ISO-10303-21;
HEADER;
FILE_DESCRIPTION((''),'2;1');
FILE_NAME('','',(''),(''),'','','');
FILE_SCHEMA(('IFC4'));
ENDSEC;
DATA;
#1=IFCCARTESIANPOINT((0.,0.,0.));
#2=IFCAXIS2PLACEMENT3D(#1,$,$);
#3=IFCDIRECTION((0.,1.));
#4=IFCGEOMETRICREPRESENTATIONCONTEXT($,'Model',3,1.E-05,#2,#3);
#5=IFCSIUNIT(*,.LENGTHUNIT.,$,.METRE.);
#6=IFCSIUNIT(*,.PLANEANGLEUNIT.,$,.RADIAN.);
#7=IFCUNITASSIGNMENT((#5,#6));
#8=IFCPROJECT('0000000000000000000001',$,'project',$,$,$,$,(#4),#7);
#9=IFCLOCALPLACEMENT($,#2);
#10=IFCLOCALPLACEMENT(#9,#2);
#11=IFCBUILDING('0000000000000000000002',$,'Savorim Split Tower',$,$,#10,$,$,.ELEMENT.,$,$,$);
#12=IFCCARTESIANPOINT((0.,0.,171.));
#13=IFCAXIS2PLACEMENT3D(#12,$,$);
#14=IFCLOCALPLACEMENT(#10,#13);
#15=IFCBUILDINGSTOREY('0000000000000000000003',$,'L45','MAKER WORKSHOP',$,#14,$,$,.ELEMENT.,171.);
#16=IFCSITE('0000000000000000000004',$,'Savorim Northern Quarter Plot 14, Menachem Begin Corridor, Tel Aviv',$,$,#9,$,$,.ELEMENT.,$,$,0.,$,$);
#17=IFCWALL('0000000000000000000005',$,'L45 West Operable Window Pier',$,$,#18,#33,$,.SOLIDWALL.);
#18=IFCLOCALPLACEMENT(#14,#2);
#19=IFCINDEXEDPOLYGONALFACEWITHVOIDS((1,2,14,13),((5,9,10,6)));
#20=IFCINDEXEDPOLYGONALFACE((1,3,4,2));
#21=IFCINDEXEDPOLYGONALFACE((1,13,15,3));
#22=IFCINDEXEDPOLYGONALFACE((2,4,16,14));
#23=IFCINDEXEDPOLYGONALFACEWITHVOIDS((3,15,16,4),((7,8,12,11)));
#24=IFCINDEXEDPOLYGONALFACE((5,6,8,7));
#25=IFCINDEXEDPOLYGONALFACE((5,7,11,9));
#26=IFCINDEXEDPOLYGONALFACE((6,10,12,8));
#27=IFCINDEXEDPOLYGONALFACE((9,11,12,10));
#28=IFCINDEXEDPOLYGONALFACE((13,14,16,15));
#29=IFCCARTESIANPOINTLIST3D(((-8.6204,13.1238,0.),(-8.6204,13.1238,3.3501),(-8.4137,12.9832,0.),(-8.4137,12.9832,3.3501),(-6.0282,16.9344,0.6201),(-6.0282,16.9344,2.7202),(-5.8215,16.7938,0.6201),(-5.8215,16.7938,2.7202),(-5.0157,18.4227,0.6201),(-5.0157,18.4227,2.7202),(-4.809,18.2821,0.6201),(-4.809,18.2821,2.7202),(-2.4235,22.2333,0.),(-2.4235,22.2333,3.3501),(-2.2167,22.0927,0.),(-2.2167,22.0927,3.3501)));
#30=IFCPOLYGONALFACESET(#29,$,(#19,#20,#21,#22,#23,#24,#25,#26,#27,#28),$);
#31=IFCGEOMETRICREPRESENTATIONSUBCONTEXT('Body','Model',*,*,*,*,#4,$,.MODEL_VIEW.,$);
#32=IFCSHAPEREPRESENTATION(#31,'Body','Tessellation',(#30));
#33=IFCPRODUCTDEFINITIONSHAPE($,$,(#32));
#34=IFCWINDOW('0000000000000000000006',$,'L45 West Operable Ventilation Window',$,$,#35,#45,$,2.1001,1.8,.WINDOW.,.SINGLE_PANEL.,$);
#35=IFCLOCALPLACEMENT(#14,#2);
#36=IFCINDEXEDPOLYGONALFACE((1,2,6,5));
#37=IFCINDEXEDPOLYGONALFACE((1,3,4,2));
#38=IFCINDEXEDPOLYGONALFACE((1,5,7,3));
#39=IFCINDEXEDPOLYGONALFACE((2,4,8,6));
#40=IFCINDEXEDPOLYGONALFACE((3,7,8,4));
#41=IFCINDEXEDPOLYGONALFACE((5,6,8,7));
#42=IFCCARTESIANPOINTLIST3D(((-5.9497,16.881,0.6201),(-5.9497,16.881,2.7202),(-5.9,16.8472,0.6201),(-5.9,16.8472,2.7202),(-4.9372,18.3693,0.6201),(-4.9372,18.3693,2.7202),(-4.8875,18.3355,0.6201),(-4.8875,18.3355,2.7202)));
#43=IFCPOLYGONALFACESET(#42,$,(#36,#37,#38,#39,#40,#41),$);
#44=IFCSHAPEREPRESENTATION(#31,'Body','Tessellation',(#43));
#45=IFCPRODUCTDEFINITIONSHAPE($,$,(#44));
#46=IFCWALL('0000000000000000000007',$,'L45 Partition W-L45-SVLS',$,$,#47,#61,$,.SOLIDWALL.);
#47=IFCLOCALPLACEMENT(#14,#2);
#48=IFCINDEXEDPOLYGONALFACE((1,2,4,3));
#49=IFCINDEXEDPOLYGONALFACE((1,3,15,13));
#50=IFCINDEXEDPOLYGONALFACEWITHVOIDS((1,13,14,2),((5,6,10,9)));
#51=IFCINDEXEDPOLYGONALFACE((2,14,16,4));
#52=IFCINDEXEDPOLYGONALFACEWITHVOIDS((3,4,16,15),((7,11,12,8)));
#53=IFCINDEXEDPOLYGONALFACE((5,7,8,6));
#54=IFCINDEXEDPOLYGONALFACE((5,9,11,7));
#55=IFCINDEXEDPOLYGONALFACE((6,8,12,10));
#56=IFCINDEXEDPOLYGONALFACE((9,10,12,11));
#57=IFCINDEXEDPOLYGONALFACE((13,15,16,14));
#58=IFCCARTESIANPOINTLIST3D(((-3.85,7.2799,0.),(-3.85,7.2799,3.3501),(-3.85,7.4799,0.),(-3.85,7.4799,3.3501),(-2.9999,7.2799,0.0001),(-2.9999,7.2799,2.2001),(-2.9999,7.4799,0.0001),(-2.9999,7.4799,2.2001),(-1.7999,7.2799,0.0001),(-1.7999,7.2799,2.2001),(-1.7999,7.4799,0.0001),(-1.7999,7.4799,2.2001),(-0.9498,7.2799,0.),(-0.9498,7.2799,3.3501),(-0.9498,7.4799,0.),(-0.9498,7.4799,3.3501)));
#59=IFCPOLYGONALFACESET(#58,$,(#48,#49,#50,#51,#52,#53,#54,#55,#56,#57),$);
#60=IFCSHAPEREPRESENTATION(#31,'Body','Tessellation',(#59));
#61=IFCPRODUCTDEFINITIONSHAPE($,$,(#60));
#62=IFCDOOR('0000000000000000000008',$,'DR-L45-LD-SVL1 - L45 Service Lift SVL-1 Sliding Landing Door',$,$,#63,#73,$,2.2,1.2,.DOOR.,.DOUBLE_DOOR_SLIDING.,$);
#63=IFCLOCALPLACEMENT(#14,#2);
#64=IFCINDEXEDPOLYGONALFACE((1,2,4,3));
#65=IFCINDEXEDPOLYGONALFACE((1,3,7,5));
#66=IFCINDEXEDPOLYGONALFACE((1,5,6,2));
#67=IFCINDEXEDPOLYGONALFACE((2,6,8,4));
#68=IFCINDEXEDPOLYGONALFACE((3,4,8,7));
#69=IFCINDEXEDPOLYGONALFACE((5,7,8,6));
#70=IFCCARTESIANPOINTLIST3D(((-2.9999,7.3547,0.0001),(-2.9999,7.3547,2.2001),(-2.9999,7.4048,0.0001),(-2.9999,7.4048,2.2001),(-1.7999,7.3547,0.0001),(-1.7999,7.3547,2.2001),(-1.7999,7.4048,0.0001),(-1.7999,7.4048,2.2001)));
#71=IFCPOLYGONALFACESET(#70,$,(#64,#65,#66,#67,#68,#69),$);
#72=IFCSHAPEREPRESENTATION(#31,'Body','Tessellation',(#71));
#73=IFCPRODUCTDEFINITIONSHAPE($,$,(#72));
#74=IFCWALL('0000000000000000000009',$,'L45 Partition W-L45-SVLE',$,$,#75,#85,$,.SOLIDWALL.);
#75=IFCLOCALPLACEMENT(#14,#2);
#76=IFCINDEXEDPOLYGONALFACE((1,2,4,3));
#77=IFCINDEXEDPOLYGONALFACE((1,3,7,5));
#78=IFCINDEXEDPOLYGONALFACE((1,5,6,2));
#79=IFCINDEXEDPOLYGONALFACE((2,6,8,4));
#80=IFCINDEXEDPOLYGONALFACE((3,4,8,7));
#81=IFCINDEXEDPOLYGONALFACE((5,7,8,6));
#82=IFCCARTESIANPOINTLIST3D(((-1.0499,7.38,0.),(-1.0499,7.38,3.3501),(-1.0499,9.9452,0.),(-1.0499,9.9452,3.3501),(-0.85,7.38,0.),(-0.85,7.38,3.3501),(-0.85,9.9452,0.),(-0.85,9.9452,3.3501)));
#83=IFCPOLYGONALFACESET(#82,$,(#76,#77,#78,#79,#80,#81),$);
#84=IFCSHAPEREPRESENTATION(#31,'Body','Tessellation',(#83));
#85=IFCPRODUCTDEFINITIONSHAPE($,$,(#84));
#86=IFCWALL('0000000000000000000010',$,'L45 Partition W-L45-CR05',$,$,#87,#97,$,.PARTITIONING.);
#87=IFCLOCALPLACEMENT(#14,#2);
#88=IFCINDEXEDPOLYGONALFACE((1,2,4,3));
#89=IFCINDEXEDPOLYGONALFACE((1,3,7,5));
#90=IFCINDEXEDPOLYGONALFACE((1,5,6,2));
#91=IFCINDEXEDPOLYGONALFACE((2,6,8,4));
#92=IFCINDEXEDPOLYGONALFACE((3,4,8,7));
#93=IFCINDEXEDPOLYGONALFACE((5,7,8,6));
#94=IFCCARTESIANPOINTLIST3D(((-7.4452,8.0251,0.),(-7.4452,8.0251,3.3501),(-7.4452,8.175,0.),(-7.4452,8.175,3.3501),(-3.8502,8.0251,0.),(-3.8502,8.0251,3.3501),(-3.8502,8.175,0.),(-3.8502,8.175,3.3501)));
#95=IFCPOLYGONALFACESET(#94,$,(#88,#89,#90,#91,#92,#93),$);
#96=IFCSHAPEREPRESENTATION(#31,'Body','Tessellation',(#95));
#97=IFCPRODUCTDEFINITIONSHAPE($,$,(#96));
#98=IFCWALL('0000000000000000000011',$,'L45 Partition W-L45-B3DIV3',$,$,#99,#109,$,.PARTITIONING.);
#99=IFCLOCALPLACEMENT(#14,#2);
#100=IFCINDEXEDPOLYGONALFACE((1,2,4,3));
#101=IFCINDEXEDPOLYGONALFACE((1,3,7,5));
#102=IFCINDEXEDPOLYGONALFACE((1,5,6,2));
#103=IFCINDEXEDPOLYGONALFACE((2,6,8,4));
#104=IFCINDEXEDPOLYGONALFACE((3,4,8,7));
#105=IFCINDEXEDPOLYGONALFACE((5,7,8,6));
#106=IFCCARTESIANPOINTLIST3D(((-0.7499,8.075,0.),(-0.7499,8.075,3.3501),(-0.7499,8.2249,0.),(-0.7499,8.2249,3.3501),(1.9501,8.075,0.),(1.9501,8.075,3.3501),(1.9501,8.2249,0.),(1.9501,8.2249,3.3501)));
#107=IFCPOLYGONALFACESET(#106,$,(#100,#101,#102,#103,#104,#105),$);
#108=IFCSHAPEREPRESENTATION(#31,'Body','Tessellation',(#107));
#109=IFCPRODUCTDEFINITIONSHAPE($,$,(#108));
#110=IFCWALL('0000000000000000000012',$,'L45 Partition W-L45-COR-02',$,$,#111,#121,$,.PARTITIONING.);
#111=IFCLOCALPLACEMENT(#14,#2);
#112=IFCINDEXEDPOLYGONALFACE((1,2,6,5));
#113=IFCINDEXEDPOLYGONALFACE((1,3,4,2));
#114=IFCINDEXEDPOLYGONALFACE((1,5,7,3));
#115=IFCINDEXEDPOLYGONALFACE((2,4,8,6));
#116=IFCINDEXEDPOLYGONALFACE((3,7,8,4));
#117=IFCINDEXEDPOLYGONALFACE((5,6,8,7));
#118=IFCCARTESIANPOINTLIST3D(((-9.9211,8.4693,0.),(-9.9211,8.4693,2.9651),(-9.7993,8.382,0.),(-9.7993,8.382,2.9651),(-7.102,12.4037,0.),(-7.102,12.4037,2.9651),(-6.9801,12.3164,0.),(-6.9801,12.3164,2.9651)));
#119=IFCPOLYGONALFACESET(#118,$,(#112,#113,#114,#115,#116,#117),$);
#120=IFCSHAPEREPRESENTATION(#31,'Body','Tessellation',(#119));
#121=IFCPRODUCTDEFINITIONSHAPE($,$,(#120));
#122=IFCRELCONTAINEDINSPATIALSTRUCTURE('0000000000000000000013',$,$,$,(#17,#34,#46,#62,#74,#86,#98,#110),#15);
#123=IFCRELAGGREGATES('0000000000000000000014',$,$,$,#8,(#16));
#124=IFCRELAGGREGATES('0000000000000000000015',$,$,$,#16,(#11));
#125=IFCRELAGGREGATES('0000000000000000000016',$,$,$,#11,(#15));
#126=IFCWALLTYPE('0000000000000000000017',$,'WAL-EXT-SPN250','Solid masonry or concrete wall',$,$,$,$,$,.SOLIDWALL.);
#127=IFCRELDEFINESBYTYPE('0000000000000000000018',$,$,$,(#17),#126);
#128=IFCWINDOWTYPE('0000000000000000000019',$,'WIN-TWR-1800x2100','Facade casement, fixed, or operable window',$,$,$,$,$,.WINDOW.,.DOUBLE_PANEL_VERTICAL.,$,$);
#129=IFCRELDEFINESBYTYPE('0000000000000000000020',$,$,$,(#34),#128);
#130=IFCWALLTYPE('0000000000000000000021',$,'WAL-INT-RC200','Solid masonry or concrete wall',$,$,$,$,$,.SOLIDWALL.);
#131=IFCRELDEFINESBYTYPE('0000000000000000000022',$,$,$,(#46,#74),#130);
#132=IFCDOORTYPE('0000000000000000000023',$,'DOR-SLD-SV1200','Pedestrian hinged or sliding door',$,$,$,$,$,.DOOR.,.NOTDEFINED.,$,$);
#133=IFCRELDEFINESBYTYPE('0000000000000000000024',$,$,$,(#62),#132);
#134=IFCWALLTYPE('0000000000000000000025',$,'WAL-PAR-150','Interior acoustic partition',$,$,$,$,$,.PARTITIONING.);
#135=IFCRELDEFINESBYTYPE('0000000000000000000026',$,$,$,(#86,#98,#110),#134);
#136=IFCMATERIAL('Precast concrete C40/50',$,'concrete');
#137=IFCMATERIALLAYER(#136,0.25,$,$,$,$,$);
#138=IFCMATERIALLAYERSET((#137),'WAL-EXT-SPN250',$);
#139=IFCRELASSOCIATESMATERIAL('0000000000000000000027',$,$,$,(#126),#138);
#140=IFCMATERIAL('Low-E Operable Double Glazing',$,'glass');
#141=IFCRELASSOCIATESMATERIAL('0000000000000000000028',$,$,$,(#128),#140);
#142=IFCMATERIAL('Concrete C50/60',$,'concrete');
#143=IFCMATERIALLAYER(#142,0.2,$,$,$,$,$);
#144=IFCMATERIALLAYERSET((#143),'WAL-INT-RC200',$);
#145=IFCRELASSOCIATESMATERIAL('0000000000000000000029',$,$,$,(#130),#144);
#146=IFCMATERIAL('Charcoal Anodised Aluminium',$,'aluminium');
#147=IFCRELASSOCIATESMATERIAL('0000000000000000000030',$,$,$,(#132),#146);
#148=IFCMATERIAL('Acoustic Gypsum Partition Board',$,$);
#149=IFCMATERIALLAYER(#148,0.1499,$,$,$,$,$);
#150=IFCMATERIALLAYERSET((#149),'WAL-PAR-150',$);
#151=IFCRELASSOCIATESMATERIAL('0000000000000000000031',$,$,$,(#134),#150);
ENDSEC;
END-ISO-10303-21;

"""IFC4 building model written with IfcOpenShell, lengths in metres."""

from ifc_helpers import new_model, si_unit, direction, frame, frame_2d, origin, place, context, subcontext, project, spatial, rectangle, extrude, material, layer, layer_set, type_object, element, fill, save


model = new_model("IFC4")

# Units and contexts
model_context = context("Model", 3, precision=1e-05, world=origin(), true_north=direction((0.0, 1.0)))
body_context = subcontext(model_context, "Body", "Model", "MODEL_VIEW")
ifc_project = project(units=[si_unit("LENGTHUNIT", "METRE"), si_unit("PLANEANGLEUNIT", "RADIAN")], contexts=[model_context])

# Site, building, storey
site_placement = place(None, origin())
site = spatial("IfcSite", under=ifc_project, at=site_placement, Name="Savorim Northern Quarter Plot 14, Menachem Begin Corridor, Tel Aviv", CompositionType="ELEMENT", RefElevation=0.0)
building_placement = place(site_placement, origin())
building = spatial("IfcBuilding", under=site, at=building_placement, Name="Savorim Split Tower", CompositionType="ELEMENT")
storey_placement = place(building_placement, frame((0.0, 0.0, 171.0)))
storey = spatial("IfcBuildingStorey", under=building, at=storey_placement, Name="L45", Description="MAKER WORKSHOP", CompositionType="ELEMENT", Elevation=171.0)

# Shared definitions
ifc_material_1 = material(Name="Charcoal Anodised Aluminium", Category="aluminium")

# Wall, opening, window
ifc_material_2 = material(Name="Precast concrete C40/50", Category="concrete")
ifc_material_3 = material(Name="Low-E Operable Double Glazing", Category="glass")
ifc_layer_1 = layer(ifc_material_2, 0.25)
ifc_layer_set_1 = layer_set([ifc_layer_1], Name="WAL-EXT-SPN250")
wall_type_1 = type_object("IfcWallType", Name="WAL-EXT-SPN250", Description="Solid masonry or concrete wall", PredefinedType="SOLIDWALL", material=ifc_layer_set_1)
wall_1_placement = place(storey_placement, frame((-8.5171, 13.0535, 0.0), z_axis=(0.0, 0.0, 1.0), x_axis=(0.562464, 0.826822, 0.0)))
wall_1 = element("IfcWall", 1, at=wall_1_placement, inside=storey, type_object=wall_type_1, Name="L45 West Operable Window Pier", PredefinedType="SOLIDWALL", context=body_context, shape_type="SweptSolid", body=[
    extrude(rectangle(XDim=11.0176, YDim=0.25, at=frame_2d((5.5088, 0.0))), origin(), (0.0, 0.0, 1.0), 3.3501),
])
opening_1_placement = place(wall_1_placement, frame((4.6089, 0.0, 0.6201)))
opening_1 = element("IfcOpeningElement", 2, at=opening_1_placement, cuts=wall_1, PredefinedType="OPENING", context=body_context, shape_type="SweptSolid", body=[
    extrude(rectangle(XDim=1.8, YDim=2.1001, at=frame_2d((0.8999, 1.05))), frame((0.0, 0.135, 0.0), z_axis=(0.0, -1.0, 0.0), x_axis=(1.0, 0.0, 0.0)), (0.0, 0.0, 1.0), 0.27),
])
window_type_1 = type_object("IfcWindowType", Name="WIN-TWR-1800x2100", Description="Facade casement, fixed, or operable window", PartitioningType="DOUBLE_PANEL_VERTICAL", PredefinedType="WINDOW", material=ifc_material_3)
window_1_placement = place(opening_1_placement, origin())
window_1 = element("IfcWindow", 3, at=window_1_placement, inside=storey, type_object=window_type_1, Name="L45 West Operable Ventilation Window", OverallHeight=2.1001, OverallWidth=1.8, PartitioningType="SINGLE_PANEL", PredefinedType="WINDOW", context=body_context, shape_type="SweptSolid", body=[
    extrude(rectangle(XDim=1.8, YDim=2.1001, at=frame_2d((0.8999, 1.05))), frame((0.0, 0.03, 0.0), z_axis=(0.0, -1.0, 0.0), x_axis=(1.0, 0.0, 0.0)), (0.0, 0.0, 1.0), 0.0601),
])
fill(opening_1, window_1)

# Wall, opening, door
ifc_material_4 = material(Name="Concrete C50/60", Category="concrete")
ifc_layer_2 = layer(ifc_material_4, 0.2)
ifc_layer_set_2 = layer_set([ifc_layer_2], Name="WAL-INT-RC200")
wall_type_2 = type_object("IfcWallType", Name="WAL-INT-RC200", Description="Solid masonry or concrete wall", PredefinedType="SOLIDWALL", material=ifc_layer_set_2)
wall_2_placement = place(storey_placement, frame((-3.8501, 7.3799, 0.0), z_axis=(0.0, 0.0, 1.0), x_axis=(1.0, 0.0, 0.0)))
wall_2 = element("IfcWall", 4, at=wall_2_placement, inside=storey, type_object=wall_type_2, Name="L45 Partition W-L45-SVLS", PredefinedType="SOLIDWALL", context=body_context, shape_type="SweptSolid", body=[
    extrude(rectangle(XDim=2.9001, YDim=0.2, at=frame_2d((1.4502, 0.0))), origin(), (0.0, 0.0, 1.0), 3.3501),
])
opening_2_placement = place(wall_2_placement, frame((0.8501, 0.0, 0.0)))
opening_2 = element("IfcOpeningElement", 5, at=opening_2_placement, cuts=wall_2, PredefinedType="OPENING", context=body_context, shape_type="SweptSolid", body=[
    extrude(rectangle(XDim=1.2, YDim=2.2, at=frame_2d((0.6001, 1.1001))), frame((0.0, 0.1099, 0.0), z_axis=(0.0, -1.0, 0.0), x_axis=(1.0, 0.0, 0.0)), (0.0, 0.0, 1.0), 0.22),
])
door_type_1 = type_object("IfcDoorType", Name="DOR-SLD-SV1200", Description="Pedestrian hinged or sliding door", OperationType="NOTDEFINED", PredefinedType="DOOR", material=ifc_material_1)
door_1_placement = place(opening_2_placement, origin())
door_1 = element("IfcDoor", 6, at=door_1_placement, inside=storey, type_object=door_type_1, Name="DR-L45-LD-SVL1 - L45 Service Lift SVL-1 Sliding Landing Door", OperationType="DOUBLE_DOOR_SLIDING", OverallHeight=2.2, OverallWidth=1.2, PredefinedType="DOOR", context=body_context, shape_type="SweptSolid", body=[
    extrude(rectangle(XDim=1.2, YDim=2.2, at=frame_2d((0.6001, 1.1001))), frame((0.0, 0.0249, 0.0), z_axis=(0.0, -1.0, 0.0), x_axis=(1.0, 0.0, 0.0)), (0.0, 0.0, 1.0), 0.05),
])
fill(opening_2, door_1)

# Walls
wall_3_placement = place(storey_placement, frame((-0.95, 7.3799, 0.0), z_axis=(0.0, 0.0, 1.0), x_axis=(0.0, 1.0, 0.0)))
element("IfcWall", 7, at=wall_3_placement, inside=storey, type_object=wall_type_2, Name="L45 Partition W-L45-SVLE", PredefinedType="SOLIDWALL", context=body_context, shape_type="SweptSolid", body=[
    extrude(rectangle(XDim=2.5652, YDim=0.2, at=frame_2d((1.2827, 0.0))), origin(), (0.0, 0.0, 1.0), 3.3501),
])
ifc_material_5 = material(Name="Acoustic Gypsum Partition Board")
ifc_layer_3 = layer(ifc_material_5, 0.1499)
ifc_layer_set_3 = layer_set([ifc_layer_3], Name="WAL-PAR-150")
wall_type_3 = type_object("IfcWallType", Name="WAL-PAR-150", Description="Interior acoustic partition", PredefinedType="PARTITIONING", material=ifc_layer_set_3)
wall_4_placement = place(storey_placement, frame((-7.4451, 8.1001, 0.0), z_axis=(0.0, 0.0, 1.0), x_axis=(1.0, 0.0, 0.0)))
element("IfcWall", 8, at=wall_4_placement, inside=storey, type_object=wall_type_3, Name="L45 Partition W-L45-CR05", PredefinedType="PARTITIONING", context=body_context, shape_type="SweptSolid", body=[
    extrude(rectangle(XDim=3.595, YDim=0.1499, at=frame_2d((1.7974, 0.0))), origin(), (0.0, 0.0, 1.0), 3.3501),
])
wall_5_placement = place(storey_placement, frame((-0.75, 8.1499, 0.0), z_axis=(0.0, 0.0, 1.0), x_axis=(1.0, 0.0, 0.0)))
element("IfcWall", 9, at=wall_5_placement, inside=storey, type_object=wall_type_3, Name="L45 Partition W-L45-B3DIV3", PredefinedType="PARTITIONING", context=body_context, shape_type="SweptSolid", body=[
    extrude(rectangle(XDim=2.7, YDim=0.1499, at=frame_2d((1.3501, 0.0))), origin(), (0.0, 0.0, 1.0), 3.3501),
])
wall_6_placement = place(storey_placement, frame((-9.8601, 8.4258, 0.0), z_axis=(0.0, 0.0, 1.0), x_axis=(0.58245, 0.812867, 0.0)))
element("IfcWall", 10, at=wall_6_placement, inside=storey, type_object=wall_type_3, Name="L45 Partition W-L45-COR-02", PredefinedType="PARTITIONING", context=body_context, shape_type="SweptSolid", body=[
    extrude(rectangle(XDim=4.8401, YDim=0.1499, at=frame_2d((2.4199, 0.0))), origin(), (0.0, 0.0, 1.0), 2.9651),
])

save(model, "model.ifc")
